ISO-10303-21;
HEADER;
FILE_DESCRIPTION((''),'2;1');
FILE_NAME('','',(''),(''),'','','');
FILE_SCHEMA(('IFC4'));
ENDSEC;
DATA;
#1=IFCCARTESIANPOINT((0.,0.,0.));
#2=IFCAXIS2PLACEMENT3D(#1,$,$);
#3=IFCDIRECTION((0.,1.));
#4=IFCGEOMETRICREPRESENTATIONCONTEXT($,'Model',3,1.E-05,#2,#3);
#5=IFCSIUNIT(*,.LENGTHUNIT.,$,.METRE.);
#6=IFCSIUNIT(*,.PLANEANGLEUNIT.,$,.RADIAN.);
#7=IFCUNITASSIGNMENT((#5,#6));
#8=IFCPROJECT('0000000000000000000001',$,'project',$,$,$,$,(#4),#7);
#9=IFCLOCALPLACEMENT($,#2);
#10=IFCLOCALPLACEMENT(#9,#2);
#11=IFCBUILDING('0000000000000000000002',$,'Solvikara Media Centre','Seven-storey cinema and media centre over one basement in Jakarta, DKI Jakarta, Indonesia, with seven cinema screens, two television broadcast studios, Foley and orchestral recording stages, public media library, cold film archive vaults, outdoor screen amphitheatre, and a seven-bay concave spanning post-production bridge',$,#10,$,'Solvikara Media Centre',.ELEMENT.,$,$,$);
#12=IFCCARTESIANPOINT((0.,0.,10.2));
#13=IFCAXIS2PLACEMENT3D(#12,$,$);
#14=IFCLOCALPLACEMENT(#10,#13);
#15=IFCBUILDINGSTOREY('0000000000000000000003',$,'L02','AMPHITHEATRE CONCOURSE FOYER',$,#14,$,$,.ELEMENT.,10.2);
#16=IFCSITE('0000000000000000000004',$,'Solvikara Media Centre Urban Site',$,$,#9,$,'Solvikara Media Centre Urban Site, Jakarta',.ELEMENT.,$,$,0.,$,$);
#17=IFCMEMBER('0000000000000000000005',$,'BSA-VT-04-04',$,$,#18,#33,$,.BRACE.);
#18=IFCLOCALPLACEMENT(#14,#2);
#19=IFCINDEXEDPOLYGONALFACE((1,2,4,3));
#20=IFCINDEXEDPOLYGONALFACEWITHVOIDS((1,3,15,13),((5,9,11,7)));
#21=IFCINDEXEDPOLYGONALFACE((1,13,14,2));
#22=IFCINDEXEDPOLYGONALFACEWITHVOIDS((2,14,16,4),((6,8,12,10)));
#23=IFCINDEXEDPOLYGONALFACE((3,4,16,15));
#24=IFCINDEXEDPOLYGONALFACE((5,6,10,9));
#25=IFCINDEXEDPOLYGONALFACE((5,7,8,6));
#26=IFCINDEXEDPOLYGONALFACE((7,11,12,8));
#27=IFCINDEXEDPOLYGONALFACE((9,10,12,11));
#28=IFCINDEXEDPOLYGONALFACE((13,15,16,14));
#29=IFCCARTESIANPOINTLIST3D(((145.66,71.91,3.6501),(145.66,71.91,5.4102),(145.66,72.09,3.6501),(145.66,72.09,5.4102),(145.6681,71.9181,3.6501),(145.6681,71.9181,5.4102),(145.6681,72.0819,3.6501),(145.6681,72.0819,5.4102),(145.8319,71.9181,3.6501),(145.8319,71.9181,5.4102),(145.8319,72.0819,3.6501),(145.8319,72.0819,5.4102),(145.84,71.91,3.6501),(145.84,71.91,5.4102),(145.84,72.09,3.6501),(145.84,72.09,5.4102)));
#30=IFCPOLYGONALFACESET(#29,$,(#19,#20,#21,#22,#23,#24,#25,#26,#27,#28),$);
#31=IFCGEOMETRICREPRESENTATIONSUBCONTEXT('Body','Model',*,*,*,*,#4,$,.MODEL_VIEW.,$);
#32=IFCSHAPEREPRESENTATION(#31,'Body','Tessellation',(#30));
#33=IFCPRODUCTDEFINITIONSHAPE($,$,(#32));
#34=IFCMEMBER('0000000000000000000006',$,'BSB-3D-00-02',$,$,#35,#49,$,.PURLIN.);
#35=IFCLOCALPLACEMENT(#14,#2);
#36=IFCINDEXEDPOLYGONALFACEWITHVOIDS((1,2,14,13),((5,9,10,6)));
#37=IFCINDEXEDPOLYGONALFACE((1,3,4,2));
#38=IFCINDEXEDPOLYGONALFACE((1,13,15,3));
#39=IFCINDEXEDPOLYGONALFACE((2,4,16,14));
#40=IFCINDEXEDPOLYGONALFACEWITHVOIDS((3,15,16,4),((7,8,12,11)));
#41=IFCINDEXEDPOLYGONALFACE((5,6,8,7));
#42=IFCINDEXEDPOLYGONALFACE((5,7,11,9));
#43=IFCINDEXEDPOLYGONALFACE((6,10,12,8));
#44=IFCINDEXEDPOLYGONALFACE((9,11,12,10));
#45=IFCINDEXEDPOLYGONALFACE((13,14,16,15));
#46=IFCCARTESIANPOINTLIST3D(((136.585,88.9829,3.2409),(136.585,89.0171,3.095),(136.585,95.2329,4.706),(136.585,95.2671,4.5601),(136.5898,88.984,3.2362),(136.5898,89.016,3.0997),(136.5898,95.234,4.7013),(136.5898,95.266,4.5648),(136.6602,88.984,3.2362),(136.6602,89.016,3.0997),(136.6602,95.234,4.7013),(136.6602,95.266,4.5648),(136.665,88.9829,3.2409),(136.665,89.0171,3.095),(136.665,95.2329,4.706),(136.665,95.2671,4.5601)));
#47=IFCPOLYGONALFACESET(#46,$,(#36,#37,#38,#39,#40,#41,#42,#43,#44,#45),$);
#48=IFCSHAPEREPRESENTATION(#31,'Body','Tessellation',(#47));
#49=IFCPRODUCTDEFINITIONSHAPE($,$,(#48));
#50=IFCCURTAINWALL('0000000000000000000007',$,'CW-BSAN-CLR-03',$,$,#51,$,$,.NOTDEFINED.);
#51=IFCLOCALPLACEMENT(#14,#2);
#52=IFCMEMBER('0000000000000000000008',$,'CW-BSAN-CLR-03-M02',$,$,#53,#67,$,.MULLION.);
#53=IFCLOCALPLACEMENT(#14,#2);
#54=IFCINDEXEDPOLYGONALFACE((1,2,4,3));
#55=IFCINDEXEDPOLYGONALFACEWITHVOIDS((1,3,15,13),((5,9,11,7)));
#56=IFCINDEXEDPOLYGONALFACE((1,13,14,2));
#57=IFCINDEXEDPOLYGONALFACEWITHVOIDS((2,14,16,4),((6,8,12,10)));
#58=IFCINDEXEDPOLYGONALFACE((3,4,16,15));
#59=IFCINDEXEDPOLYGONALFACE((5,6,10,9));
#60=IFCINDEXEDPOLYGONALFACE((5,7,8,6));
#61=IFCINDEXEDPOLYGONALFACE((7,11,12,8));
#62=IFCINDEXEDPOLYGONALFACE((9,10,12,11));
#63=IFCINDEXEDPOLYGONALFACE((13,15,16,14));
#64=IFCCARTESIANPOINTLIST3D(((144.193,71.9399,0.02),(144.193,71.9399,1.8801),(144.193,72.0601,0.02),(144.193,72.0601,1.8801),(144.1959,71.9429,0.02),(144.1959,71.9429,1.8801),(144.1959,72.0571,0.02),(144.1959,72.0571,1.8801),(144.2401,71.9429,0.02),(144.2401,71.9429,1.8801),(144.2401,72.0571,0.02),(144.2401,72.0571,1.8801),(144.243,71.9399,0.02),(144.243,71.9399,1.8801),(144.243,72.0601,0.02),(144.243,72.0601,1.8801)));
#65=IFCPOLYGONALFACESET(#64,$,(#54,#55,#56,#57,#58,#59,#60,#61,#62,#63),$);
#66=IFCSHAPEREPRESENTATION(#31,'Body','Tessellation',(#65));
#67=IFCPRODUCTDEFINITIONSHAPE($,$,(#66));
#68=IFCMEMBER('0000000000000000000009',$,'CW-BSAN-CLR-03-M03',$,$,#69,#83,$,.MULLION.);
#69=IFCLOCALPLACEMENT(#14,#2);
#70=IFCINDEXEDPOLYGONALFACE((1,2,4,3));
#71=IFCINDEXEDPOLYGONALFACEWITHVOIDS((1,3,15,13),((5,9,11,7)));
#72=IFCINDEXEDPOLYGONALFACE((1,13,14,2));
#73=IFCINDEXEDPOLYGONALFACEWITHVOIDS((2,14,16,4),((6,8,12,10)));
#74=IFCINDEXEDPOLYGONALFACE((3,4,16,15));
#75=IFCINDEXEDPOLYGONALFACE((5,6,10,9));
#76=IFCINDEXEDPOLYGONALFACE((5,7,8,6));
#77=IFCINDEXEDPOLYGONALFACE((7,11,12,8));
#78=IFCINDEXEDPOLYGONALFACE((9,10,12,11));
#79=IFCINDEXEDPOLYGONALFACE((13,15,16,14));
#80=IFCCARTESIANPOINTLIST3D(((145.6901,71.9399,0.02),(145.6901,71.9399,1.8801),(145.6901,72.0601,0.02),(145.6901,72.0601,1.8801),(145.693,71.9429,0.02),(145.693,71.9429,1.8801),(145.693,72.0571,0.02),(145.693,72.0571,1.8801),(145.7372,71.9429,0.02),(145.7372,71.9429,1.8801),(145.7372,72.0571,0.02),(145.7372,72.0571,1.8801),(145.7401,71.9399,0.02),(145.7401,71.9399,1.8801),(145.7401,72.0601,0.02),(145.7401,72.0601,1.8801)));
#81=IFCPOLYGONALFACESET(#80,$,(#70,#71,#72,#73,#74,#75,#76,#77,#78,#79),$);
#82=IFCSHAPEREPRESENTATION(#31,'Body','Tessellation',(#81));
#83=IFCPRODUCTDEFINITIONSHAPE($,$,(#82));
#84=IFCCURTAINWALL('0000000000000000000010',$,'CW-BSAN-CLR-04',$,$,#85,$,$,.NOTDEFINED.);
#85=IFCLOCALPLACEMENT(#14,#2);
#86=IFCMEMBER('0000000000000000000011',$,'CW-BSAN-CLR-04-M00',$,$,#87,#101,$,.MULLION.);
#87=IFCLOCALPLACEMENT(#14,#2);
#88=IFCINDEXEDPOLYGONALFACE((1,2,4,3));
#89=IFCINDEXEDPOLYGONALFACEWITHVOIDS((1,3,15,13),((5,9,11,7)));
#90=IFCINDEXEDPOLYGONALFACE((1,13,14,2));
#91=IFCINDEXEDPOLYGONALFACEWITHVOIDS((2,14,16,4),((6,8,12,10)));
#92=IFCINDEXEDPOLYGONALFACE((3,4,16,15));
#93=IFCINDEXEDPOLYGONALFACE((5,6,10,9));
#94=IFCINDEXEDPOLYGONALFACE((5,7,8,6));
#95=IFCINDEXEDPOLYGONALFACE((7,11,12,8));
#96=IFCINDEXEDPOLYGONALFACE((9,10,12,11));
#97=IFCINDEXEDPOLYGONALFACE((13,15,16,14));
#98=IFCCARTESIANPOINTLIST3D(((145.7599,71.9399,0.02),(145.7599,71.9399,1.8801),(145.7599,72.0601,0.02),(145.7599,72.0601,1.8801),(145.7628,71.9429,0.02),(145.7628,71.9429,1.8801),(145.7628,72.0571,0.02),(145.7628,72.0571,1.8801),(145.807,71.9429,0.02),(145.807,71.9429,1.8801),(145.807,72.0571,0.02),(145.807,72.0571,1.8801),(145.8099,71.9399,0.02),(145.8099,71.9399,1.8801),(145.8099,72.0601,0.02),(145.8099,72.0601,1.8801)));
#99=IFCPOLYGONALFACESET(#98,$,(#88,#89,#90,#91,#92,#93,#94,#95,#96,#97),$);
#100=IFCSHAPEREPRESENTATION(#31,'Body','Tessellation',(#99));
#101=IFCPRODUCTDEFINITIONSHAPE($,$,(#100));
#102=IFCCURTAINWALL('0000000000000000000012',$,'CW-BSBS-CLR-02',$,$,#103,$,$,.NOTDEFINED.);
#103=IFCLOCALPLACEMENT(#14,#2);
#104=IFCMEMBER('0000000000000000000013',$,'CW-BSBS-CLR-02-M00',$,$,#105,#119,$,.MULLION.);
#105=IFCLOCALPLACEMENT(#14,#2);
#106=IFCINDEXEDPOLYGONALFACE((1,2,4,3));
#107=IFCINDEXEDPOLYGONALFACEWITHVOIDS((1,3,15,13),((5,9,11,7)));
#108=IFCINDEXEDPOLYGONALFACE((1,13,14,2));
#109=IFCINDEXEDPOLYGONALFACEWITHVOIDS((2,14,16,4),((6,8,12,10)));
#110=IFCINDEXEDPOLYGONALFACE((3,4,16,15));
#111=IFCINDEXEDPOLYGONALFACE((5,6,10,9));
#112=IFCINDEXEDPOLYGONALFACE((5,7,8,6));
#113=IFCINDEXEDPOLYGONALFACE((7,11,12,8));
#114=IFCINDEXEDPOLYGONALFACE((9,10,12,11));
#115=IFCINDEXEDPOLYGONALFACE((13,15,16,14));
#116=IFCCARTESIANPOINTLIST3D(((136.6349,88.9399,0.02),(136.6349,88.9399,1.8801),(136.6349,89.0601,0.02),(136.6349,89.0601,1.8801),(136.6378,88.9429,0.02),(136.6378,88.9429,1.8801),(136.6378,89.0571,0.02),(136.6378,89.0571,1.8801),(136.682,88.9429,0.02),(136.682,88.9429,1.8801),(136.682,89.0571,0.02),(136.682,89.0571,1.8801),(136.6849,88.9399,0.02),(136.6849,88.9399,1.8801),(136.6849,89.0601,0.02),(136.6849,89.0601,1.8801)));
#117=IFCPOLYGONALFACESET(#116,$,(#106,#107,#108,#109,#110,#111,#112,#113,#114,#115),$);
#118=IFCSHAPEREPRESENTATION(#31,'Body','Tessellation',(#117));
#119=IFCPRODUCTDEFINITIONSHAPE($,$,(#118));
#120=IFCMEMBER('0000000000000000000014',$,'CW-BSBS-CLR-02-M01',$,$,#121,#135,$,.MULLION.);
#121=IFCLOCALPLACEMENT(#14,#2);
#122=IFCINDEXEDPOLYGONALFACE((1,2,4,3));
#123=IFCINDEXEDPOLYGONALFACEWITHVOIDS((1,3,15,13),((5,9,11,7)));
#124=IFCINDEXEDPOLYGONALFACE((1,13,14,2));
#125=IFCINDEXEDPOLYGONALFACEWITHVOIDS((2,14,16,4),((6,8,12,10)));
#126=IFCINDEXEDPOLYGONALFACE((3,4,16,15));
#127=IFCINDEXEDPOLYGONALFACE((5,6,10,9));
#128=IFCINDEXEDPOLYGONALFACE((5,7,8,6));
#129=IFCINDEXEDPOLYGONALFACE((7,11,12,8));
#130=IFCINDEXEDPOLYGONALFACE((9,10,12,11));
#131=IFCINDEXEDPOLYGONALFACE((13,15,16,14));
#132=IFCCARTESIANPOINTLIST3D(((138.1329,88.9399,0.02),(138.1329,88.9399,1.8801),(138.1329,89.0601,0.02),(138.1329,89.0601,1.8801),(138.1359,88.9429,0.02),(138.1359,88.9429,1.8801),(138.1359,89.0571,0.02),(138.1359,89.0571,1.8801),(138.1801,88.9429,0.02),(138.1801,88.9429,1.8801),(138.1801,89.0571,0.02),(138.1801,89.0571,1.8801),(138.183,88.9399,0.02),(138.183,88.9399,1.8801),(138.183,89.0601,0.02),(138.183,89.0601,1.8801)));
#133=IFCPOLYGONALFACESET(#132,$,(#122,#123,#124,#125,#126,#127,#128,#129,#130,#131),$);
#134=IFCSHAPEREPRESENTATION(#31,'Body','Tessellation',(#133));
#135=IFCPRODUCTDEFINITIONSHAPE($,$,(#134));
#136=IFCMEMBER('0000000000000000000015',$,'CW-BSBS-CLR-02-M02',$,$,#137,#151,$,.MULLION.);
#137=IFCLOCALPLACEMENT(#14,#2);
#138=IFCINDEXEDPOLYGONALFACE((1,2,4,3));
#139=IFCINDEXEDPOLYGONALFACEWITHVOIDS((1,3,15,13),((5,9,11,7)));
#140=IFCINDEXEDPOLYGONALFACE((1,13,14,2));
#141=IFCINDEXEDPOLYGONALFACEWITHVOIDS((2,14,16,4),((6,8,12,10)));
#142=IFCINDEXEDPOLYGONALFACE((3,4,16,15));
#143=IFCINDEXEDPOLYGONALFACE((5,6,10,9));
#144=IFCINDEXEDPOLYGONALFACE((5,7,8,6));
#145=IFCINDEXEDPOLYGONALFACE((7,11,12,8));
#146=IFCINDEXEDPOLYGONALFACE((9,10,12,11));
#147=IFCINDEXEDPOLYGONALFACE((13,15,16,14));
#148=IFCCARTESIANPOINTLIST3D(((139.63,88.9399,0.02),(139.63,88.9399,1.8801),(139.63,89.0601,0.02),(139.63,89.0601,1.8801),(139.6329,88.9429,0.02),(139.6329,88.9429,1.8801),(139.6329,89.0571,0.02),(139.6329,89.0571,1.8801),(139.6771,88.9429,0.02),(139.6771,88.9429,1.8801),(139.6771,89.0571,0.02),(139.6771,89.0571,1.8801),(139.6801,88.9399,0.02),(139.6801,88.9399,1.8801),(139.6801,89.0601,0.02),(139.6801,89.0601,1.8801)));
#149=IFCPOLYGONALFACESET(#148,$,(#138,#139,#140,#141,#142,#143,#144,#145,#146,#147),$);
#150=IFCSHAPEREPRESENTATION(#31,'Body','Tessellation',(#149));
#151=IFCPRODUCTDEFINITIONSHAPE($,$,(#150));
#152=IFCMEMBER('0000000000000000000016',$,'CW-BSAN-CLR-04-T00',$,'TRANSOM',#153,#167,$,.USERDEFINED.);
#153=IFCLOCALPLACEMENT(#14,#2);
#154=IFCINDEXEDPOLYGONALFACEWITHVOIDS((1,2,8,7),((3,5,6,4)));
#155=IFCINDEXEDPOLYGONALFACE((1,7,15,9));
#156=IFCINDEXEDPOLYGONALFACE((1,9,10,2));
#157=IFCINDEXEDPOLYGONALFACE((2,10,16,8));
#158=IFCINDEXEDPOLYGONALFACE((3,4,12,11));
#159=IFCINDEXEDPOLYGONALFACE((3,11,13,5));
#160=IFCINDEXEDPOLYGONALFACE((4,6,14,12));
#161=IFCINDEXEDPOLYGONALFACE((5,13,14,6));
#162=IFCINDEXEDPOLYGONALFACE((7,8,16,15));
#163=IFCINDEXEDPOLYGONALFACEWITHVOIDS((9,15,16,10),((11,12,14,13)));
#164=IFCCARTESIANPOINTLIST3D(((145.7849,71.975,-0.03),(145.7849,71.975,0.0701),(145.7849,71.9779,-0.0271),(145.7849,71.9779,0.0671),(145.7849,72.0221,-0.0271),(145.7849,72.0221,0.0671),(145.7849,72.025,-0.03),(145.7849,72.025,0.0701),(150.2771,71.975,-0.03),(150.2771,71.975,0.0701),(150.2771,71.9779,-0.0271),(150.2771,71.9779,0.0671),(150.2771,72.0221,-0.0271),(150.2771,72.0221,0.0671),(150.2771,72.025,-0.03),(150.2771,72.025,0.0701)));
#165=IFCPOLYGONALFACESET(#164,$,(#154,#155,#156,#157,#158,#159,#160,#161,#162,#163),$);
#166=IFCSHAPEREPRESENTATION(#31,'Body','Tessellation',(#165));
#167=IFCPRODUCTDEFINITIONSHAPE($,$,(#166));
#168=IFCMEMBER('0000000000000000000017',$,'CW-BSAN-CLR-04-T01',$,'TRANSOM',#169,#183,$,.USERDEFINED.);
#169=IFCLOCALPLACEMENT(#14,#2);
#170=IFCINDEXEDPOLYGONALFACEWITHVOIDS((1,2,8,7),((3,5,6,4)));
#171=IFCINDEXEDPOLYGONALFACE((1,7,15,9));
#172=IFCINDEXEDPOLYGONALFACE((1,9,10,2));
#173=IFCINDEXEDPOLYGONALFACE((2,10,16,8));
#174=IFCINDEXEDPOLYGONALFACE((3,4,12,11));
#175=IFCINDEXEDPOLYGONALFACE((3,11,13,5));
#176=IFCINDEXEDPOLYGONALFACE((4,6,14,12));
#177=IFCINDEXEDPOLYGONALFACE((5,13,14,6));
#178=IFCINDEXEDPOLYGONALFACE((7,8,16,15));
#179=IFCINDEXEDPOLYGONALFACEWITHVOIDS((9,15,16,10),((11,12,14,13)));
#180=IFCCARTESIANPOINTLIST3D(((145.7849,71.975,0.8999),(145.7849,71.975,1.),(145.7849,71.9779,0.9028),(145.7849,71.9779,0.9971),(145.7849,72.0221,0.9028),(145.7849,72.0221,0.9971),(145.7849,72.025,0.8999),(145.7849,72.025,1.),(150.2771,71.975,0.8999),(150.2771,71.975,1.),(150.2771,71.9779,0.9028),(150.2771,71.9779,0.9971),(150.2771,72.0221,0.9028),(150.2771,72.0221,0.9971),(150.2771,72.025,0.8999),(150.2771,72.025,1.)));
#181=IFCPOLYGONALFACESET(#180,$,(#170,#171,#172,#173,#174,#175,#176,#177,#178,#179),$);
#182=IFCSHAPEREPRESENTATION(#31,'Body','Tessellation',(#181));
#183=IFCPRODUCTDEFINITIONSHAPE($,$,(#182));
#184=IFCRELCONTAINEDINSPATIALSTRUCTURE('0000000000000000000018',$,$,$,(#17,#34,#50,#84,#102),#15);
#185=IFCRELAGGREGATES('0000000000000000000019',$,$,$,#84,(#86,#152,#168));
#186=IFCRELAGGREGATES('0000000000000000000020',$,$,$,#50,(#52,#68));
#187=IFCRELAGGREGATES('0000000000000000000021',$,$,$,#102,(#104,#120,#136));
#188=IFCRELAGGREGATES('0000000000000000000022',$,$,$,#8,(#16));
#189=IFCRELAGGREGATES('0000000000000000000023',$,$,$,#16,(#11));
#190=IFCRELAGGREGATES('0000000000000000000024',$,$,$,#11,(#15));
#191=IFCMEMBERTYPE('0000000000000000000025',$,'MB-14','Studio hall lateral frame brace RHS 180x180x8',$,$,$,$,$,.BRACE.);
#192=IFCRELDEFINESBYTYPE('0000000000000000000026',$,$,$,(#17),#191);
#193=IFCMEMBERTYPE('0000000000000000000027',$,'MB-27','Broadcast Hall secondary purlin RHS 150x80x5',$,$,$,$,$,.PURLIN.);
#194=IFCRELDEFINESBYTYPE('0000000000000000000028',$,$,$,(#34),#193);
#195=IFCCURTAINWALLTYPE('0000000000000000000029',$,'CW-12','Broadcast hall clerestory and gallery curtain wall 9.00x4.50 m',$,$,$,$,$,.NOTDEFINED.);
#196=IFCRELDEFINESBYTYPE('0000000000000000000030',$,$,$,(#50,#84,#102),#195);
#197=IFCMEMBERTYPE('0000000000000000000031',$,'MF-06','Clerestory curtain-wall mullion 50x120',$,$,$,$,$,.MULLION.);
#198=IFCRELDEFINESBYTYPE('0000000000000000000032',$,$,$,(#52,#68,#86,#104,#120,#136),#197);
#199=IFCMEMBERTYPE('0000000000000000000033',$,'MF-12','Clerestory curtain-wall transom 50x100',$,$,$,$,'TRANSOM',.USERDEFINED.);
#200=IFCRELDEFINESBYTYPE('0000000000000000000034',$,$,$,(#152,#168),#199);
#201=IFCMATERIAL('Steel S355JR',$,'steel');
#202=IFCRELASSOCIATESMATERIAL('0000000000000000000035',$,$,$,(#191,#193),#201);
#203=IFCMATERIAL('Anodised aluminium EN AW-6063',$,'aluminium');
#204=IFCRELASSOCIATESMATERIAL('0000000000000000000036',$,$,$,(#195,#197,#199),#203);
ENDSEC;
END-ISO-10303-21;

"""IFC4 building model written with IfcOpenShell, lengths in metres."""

from ifc_helpers import new_model, si_unit, direction, frame, origin, origin_2d, place, context, subcontext, project, spatial, hollow_rectangle, extrude, material, material_profile, profile_set, type_object, element, aggregate, save


model = new_model("IFC4")

# Units and contexts
model_context = context("Model", 3, precision=1e-05, world=origin(), true_north=direction((0.0, 1.0)))
body_context = subcontext(model_context, "Body", "Model", "MODEL_VIEW")
ifc_project = project(units=[si_unit("LENGTHUNIT", "METRE"), si_unit("PLANEANGLEUNIT", "RADIAN")], contexts=[model_context])

# Site, building, storey
site_placement = place(None, origin())
site = spatial("IfcSite", under=ifc_project, at=site_placement, Name="Solvikara Media Centre Urban Site", LongName="Solvikara Media Centre Urban Site, Jakarta", CompositionType="ELEMENT", RefElevation=0.0)
building_placement = place(site_placement, origin())
building = spatial("IfcBuilding", under=site, at=building_placement, Name="Solvikara Media Centre", Description="Seven-storey cinema and media centre over one basement in Jakarta, DKI Jakarta, Indonesia, with seven cinema screens, two television broadcast studios, Foley and orchestral recording stages, public media library, cold film archive vaults, outdoor screen amphitheatre, and a seven-bay concave spanning post-production bridge", LongName="Solvikara Media Centre", CompositionType="ELEMENT")
storey_placement = place(building_placement, frame((0.0, 0.0, 10.2)))
storey = spatial("IfcBuildingStorey", under=building, at=storey_placement, Name="L02", Description="AMPHITHEATRE CONCOURSE FOYER", CompositionType="ELEMENT", Elevation=10.2)

# Shared definitions
ifc_material_1 = material(Name="Steel S355JR", Category="steel")

# Members
ifc_material_profile_1 = material_profile(ifc_material_1, hollow_rectangle(XDim=0.1799, YDim=0.1799, WallThickness=0.0081, at=origin_2d()), Name="RHS 180x180x8")
ifc_profile_set_1 = profile_set([ifc_material_profile_1], Name="Steel S355JR")
member_type_1 = type_object("IfcMemberType", Name="MB-14", Description="Studio hall lateral frame brace RHS 180x180x8", PredefinedType="BRACE", material=ifc_profile_set_1)
member_1_placement = place(storey_placement, frame((145.75, 72.0, 3.6501), z_axis=(0.0, 0.0, 1.0), x_axis=(1.0, 0.0, 0.0)))
element("IfcMember", 1, at=member_1_placement, inside=storey, type_object=member_type_1, Name="BSA-VT-04-04", PredefinedType="BRACE", context=body_context, shape_type="SweptSolid", body=[
    extrude(hollow_rectangle(XDim=0.1799, YDim=0.1799, WallThickness=0.0081, at=origin_2d()), origin(), (0.0, 0.0, 1.0), 1.76),
])
ifc_material_profile_2 = material_profile(ifc_material_1, hollow_rectangle(XDim=0.0801, YDim=0.1499, WallThickness=0.0049, at=origin_2d()), Name="RHS 150x80x5")
ifc_profile_set_2 = profile_set([ifc_material_profile_2], Name="Steel S355JR")
member_type_2 = type_object("IfcMemberType", Name="MB-27", Description="Broadcast Hall secondary purlin RHS 150x80x5", PredefinedType="PURLIN", material=ifc_profile_set_2)
member_2_placement = place(storey_placement, frame((136.625, 89.0, 3.168), z_axis=(0.0, 0.973608, 0.228227), x_axis=(-1.0, 0.0, 0.0)))
element("IfcMember", 2, at=member_2_placement, inside=storey, type_object=member_type_2, Name="BSB-3D-00-02", PredefinedType="PURLIN", context=body_context, shape_type="SweptSolid", body=[
    extrude(hollow_rectangle(XDim=0.0801, YDim=0.1499, WallThickness=0.0049, at=origin_2d()), origin(), (0.0, 0.0, 1.0), 6.4194),
])

# Curtain wall, members
ifc_material_2 = material(Name="Anodised aluminium EN AW-6063", Category="aluminium")
curtain_wall_type = type_object("IfcCurtainWallType", Name="CW-12", Description="Broadcast hall clerestory and gallery curtain wall 9.00x4.50 m", PredefinedType="NOTDEFINED", material=ifc_material_2)
curtain_wall_1_placement = place(storey_placement, origin())
curtain_wall_1 = element("IfcCurtainWall", 3, at=curtain_wall_1_placement, inside=storey, type_object=curtain_wall_type, Name="CW-BSAN-CLR-03", PredefinedType="NOTDEFINED")
ifc_material_profile_3 = material_profile(ifc_material_2, hollow_rectangle(XDim=0.05, YDim=0.1201, WallThickness=0.0029, at=origin_2d()), Name="ALU-M 50x120x3")
ifc_profile_set_3 = profile_set([ifc_material_profile_3], Name="Anodised aluminium EN AW-6063")
member_type_3 = type_object("IfcMemberType", Name="MF-06", Description="Clerestory curtain-wall mullion 50x120", PredefinedType="MULLION", material=ifc_profile_set_3)
member_3_placement = place(storey_placement, frame((144.218, 72.0, 0.02), z_axis=(0.0, 0.0, 1.0), x_axis=(1.0, 0.0, 0.0)))
member_3 = element("IfcMember", 4, at=member_3_placement, type_object=member_type_3, Name="CW-BSAN-CLR-03-M02", PredefinedType="MULLION", context=body_context, shape_type="SweptSolid", body=[
    extrude(hollow_rectangle(XDim=0.05, YDim=0.1201, WallThickness=0.0029, at=origin_2d()), origin(), (0.0, 0.0, 1.0), 1.8601),
])
member_4_placement = place(storey_placement, frame((145.7151, 72.0, 0.02), z_axis=(0.0, 0.0, 1.0), x_axis=(1.0, 0.0, 0.0)))
member_4 = element("IfcMember", 5, at=member_4_placement, type_object=member_type_3, Name="CW-BSAN-CLR-03-M03", PredefinedType="MULLION", context=body_context, shape_type="SweptSolid", body=[
    extrude(hollow_rectangle(XDim=0.05, YDim=0.1201, WallThickness=0.0029, at=origin_2d()), origin(), (0.0, 0.0, 1.0), 1.8601),
])

# Curtain wall, member
curtain_wall_2_placement = place(storey_placement, origin())
curtain_wall_2 = element("IfcCurtainWall", 6, at=curtain_wall_2_placement, inside=storey, type_object=curtain_wall_type, Name="CW-BSAN-CLR-04", PredefinedType="NOTDEFINED")
member_5_placement = place(storey_placement, frame((145.7849, 72.0, 0.02), z_axis=(0.0, 0.0, 1.0), x_axis=(1.0, 0.0, 0.0)))
member_5 = element("IfcMember", 7, at=member_5_placement, type_object=member_type_3, Name="CW-BSAN-CLR-04-M00", PredefinedType="MULLION", context=body_context, shape_type="SweptSolid", body=[
    extrude(hollow_rectangle(XDim=0.05, YDim=0.1201, WallThickness=0.0029, at=origin_2d()), origin(), (0.0, 0.0, 1.0), 1.8601),
])

# Curtain wall, members
curtain_wall_3_placement = place(storey_placement, origin())
curtain_wall_3 = element("IfcCurtainWall", 8, at=curtain_wall_3_placement, inside=storey, type_object=curtain_wall_type, Name="CW-BSBS-CLR-02", PredefinedType="NOTDEFINED")
member_6_placement = place(storey_placement, frame((136.6599, 89.0, 0.02), z_axis=(0.0, 0.0, 1.0), x_axis=(1.0, 0.0, 0.0)))
member_6 = element("IfcMember", 9, at=member_6_placement, type_object=member_type_3, Name="CW-BSBS-CLR-02-M00", PredefinedType="MULLION", context=body_context, shape_type="SweptSolid", body=[
    extrude(hollow_rectangle(XDim=0.05, YDim=0.1201, WallThickness=0.0029, at=origin_2d()), origin(), (0.0, 0.0, 1.0), 1.8601),
])
member_7_placement = place(storey_placement, frame((138.158, 89.0, 0.02), z_axis=(0.0, 0.0, 1.0), x_axis=(1.0, 0.0, 0.0)))
member_7 = element("IfcMember", 10, at=member_7_placement, type_object=member_type_3, Name="CW-BSBS-CLR-02-M01", PredefinedType="MULLION", context=body_context, shape_type="SweptSolid", body=[
    extrude(hollow_rectangle(XDim=0.05, YDim=0.1201, WallThickness=0.0029, at=origin_2d()), origin(), (0.0, 0.0, 1.0), 1.8601),
])
member_8_placement = place(storey_placement, frame((139.655, 89.0, 0.02), z_axis=(0.0, 0.0, 1.0), x_axis=(1.0, 0.0, 0.0)))
member_8 = element("IfcMember", 11, at=member_8_placement, type_object=member_type_3, Name="CW-BSBS-CLR-02-M02", PredefinedType="MULLION", context=body_context, shape_type="SweptSolid", body=[
    extrude(hollow_rectangle(XDim=0.05, YDim=0.1201, WallThickness=0.0029, at=origin_2d()), origin(), (0.0, 0.0, 1.0), 1.8601),
])

# Members
ifc_material_profile_4 = material_profile(ifc_material_2, hollow_rectangle(XDim=0.05, YDim=0.1001, WallThickness=0.0029, at=origin_2d()), Name="ALU-T 50x100x3")
ifc_profile_set_4 = profile_set([ifc_material_profile_4], Name="Anodised aluminium EN AW-6063")
member_type_4 = type_object("IfcMemberType", Name="MF-12", Description="Clerestory curtain-wall transom 50x100", ElementType="TRANSOM", PredefinedType="USERDEFINED", material=ifc_profile_set_4)
member_9_placement = place(storey_placement, frame((145.7849, 72.0, 0.02), z_axis=(1.0, 0.0, 0.0), x_axis=(0.0, 1.0, 0.0)))
member_9 = element("IfcMember", 12, at=member_9_placement, type_object=member_type_4, Name="CW-BSAN-CLR-04-T00", ObjectType="TRANSOM", PredefinedType="USERDEFINED", context=body_context, shape_type="SweptSolid", body=[
    extrude(hollow_rectangle(XDim=0.05, YDim=0.1001, WallThickness=0.0029, at=origin_2d()), origin(), (0.0, 0.0, 1.0), 4.4922),
])
member_10_placement = place(storey_placement, frame((145.7849, 72.0, 0.95), z_axis=(1.0, 0.0, 0.0), x_axis=(0.0, 1.0, 0.0)))
member_10 = element("IfcMember", 13, at=member_10_placement, type_object=member_type_4, Name="CW-BSAN-CLR-04-T01", ObjectType="TRANSOM", PredefinedType="USERDEFINED", context=body_context, shape_type="SweptSolid", body=[
    extrude(hollow_rectangle(XDim=0.05, YDim=0.1001, WallThickness=0.0029, at=origin_2d()), origin(), (0.0, 0.0, 1.0), 4.4922),
])
aggregate(curtain_wall_2, [member_5, member_9, member_10])

aggregate(curtain_wall_1, [member_3, member_4])
aggregate(curtain_wall_3, [member_6, member_7, member_8])

save(model, "model.ifc")
